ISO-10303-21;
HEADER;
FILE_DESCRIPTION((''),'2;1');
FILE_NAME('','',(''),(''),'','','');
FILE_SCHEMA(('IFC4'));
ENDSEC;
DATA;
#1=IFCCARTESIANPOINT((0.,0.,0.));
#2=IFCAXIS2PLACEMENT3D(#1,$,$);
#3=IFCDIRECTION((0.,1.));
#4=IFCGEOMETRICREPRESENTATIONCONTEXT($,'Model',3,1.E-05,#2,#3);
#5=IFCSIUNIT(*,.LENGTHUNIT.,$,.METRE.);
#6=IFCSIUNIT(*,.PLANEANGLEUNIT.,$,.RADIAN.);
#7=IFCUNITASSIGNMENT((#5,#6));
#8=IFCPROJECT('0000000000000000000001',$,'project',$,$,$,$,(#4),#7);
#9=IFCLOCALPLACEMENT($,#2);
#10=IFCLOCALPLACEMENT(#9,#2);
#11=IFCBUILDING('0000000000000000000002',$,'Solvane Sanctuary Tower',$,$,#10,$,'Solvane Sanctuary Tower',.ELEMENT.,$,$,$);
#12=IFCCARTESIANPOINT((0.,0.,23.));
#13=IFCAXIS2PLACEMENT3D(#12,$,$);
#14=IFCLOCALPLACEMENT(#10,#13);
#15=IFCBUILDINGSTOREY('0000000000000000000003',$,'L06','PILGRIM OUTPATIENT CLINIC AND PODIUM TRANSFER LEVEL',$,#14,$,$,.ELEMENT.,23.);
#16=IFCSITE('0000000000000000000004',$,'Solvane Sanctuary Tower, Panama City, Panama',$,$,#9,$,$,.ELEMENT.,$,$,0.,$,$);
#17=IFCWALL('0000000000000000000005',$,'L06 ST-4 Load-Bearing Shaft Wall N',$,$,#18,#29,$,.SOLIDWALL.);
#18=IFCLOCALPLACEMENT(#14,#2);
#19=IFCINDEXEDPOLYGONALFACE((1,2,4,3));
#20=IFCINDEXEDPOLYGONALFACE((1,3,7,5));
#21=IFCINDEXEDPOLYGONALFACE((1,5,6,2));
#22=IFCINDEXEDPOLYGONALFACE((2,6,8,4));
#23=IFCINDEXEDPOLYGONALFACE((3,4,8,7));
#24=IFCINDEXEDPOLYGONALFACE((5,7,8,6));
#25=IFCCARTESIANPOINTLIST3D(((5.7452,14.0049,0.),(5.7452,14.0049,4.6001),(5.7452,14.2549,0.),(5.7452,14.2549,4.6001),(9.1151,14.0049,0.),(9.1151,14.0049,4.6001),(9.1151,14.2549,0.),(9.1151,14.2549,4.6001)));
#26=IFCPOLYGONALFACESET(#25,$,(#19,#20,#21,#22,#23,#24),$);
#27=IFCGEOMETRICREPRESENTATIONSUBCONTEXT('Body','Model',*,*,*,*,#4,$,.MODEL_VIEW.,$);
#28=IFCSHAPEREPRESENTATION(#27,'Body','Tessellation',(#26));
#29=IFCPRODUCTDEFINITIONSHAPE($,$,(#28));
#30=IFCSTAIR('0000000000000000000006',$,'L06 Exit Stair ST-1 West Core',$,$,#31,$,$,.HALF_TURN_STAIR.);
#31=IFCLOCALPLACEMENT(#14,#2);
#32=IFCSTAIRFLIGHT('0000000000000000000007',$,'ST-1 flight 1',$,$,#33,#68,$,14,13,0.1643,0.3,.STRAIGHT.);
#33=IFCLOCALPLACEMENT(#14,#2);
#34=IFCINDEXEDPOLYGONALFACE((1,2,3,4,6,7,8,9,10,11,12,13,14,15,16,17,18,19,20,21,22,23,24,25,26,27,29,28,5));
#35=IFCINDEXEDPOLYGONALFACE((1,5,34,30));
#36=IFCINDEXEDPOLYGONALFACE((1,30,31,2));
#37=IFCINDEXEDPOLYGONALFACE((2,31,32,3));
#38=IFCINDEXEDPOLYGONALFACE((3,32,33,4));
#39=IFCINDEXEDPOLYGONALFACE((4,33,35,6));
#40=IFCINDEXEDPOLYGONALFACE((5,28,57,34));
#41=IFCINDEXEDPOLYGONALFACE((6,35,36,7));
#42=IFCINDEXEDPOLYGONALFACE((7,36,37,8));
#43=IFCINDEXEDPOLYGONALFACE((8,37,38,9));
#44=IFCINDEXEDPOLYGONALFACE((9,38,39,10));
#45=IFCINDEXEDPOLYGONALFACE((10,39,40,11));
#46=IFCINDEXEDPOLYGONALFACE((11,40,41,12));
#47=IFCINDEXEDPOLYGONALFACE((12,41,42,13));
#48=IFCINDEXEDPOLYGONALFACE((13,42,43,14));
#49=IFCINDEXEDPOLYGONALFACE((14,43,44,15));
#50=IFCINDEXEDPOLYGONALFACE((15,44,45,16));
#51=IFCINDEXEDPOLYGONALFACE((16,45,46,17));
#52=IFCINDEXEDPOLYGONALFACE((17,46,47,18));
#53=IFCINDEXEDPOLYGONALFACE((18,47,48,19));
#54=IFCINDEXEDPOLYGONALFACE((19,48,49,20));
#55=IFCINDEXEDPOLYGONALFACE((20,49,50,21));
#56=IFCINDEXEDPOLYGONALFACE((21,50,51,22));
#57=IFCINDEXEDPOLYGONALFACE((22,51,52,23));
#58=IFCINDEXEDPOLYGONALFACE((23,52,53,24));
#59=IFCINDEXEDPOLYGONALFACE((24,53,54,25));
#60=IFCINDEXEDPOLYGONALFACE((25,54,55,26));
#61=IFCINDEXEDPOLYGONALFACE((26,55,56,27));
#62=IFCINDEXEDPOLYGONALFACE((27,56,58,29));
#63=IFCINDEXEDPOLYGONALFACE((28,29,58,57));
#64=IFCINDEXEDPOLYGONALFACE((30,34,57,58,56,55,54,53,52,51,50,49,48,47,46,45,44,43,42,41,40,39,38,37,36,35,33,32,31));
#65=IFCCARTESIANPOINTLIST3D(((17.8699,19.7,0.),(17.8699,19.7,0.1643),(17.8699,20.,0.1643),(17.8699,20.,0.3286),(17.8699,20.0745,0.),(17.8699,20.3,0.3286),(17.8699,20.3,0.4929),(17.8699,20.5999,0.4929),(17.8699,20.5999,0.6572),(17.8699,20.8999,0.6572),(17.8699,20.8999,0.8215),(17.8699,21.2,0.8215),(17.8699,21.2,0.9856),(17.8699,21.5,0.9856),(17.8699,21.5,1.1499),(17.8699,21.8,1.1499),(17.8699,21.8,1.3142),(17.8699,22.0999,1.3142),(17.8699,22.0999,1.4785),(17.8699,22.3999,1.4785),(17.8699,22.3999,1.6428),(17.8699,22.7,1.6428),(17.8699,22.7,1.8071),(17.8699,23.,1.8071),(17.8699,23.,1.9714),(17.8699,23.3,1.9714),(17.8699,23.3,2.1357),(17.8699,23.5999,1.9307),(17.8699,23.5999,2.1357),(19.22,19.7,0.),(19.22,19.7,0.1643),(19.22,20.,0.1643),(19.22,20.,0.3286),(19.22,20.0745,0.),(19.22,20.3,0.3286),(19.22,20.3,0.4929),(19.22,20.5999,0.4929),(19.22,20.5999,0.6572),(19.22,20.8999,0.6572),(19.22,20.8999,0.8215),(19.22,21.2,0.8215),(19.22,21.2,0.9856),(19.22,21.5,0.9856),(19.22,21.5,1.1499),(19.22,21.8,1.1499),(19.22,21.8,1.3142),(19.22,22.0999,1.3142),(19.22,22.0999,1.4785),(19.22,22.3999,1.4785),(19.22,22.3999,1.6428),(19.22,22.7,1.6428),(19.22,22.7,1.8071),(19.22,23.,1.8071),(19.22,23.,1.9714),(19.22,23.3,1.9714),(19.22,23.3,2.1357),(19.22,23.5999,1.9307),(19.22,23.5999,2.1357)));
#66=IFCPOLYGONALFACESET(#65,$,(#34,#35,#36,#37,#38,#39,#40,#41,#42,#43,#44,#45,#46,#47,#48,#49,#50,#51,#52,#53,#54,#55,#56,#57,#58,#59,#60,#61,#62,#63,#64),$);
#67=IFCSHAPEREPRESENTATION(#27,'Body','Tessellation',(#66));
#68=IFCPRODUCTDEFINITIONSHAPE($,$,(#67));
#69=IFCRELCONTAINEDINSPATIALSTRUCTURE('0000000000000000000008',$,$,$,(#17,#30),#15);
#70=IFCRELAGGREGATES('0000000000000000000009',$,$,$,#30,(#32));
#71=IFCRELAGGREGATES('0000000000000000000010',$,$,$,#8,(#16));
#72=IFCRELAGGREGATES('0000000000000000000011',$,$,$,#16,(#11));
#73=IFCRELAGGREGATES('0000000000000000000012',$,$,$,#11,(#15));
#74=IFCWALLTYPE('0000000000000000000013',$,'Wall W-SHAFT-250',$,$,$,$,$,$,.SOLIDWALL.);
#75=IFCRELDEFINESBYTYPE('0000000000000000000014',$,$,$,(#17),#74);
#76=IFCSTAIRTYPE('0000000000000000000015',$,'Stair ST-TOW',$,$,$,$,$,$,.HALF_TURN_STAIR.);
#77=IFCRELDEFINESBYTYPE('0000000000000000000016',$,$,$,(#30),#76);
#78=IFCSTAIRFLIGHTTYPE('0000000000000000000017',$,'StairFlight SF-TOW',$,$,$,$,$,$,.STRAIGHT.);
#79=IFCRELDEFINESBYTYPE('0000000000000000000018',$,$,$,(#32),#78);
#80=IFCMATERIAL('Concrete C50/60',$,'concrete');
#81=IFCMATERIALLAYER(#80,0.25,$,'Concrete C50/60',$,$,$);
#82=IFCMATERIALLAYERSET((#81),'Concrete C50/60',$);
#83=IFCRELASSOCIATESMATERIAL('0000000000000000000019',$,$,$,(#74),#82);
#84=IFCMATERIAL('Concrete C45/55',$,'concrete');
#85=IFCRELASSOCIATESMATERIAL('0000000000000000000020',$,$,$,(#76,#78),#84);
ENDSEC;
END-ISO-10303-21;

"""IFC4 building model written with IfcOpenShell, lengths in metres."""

from ifc_helpers import new_model, si_unit, direction, frame, frame_2d, origin, place, context, subcontext, project, spatial, polyline, rectangle, outline, extrude, material, layer, layer_set, type_object, element, aggregate, save


model = new_model("IFC4")

# Units and contexts
model_context = context("Model", 3, precision=1e-05, world=origin(), true_north=direction((0.0, 1.0)))
body_context = subcontext(model_context, "Body", "Model", "MODEL_VIEW")
ifc_project = project(units=[si_unit("LENGTHUNIT", "METRE"), si_unit("PLANEANGLEUNIT", "RADIAN")], contexts=[model_context])

# Site, building, storey
site_placement = place(None, origin())
site = spatial("IfcSite", under=ifc_project, at=site_placement, Name="Solvane Sanctuary Tower, Panama City, Panama", CompositionType="ELEMENT", RefElevation=0.0)
building_placement = place(site_placement, origin())
building = spatial("IfcBuilding", under=site, at=building_placement, Name="Solvane Sanctuary Tower", LongName="Solvane Sanctuary Tower", CompositionType="ELEMENT")
storey_placement = place(building_placement, frame((0.0, 0.0, 23.0)))
storey = spatial("IfcBuildingStorey", under=building, at=storey_placement, Name="L06", Description="PILGRIM OUTPATIENT CLINIC AND PODIUM TRANSFER LEVEL", CompositionType="ELEMENT", Elevation=23.0)

# Shared definitions
ifc_material_1 = material(Name="Concrete C50/60", Category="concrete")

# Shared definitions
ifc_layer_1 = layer(ifc_material_1, 0.25, Name="Concrete C50/60")
ifc_layer_set_1 = layer_set([ifc_layer_1], Name="Concrete C50/60")
wall_type_1 = type_object("IfcWallType", Name="Wall W-SHAFT-250", PredefinedType="SOLIDWALL", material=ifc_layer_set_1)

# Wall
wall_1_placement = place(storey_placement, frame((5.7451, 14.1299, 0.0), z_axis=(0.0, 0.0, 1.0), x_axis=(1.0, 0.0, 0.0)))
element("IfcWall", 1, at=wall_1_placement, inside=storey, type_object=wall_type_1, Name="L06 ST-4 Load-Bearing Shaft Wall N", PredefinedType="SOLIDWALL", context=body_context, shape_type="SweptSolid", body=[
    extrude(rectangle(XDim=3.3699, YDim=0.25, at=frame_2d((1.6851, 0.0))), origin(), (0.0, 0.0, 1.0), 4.6001),
])

# Stair, stair flight
ifc_material_2 = material(Name="Concrete C45/55", Category="concrete")
stair_type = type_object("IfcStairType", Name="Stair ST-TOW", PredefinedType="HALF_TURN_STAIR", material=ifc_material_2)
stair_placement = place(storey_placement, origin())
stair = element("IfcStair", 2, at=stair_placement, inside=storey, type_object=stair_type, Name="L06 Exit Stair ST-1 West Core", PredefinedType="HALF_TURN_STAIR")
stair_flight_type = type_object("IfcStairFlightType", Name="StairFlight SF-TOW", PredefinedType="STRAIGHT", material=ifc_material_2)
stair_flight_placement = place(storey_placement, frame((18.5449, 19.7, 0.0), z_axis=(0.0, 0.0, 1.0), x_axis=(0.0, 1.0, 0.0)))
stair_flight = element("IfcStairFlight", 3, at=stair_flight_placement, type_object=stair_flight_type, Name="ST-1 flight 1", NumberOfRisers=14, NumberOfTreads=13, PredefinedType="STRAIGHT", RiserHeight=0.1643, TreadLength=0.3, context=body_context, shape_type="SweptSolid", body=[
    extrude(outline(polyline([(0.0, 0.0), (0.0, 0.1643), (0.3, 0.1643), (0.3, 0.3286), (0.6001, 0.3286), (0.6001, 0.4929), (0.8999, 0.4929), (0.8999, 0.6572), (1.2, 0.6572), (1.2, 0.8215), (1.5, 0.8215), (1.5, 0.9856), (1.8, 0.9856), (1.8, 1.1499), (2.1001, 1.1499), (2.1001, 1.3142), (2.3999, 1.3142), (2.3999, 1.4785), (2.7, 1.4785), (2.7, 1.6428), (3.0, 1.6428), (3.0, 1.8071), (3.3, 1.8071), (3.3, 1.9714), (3.6001, 1.9714), (3.6001, 2.1357), (3.8999, 2.1357), (3.8999, 2.3), (3.8999, 1.9307), (0.3745, 0.0), (0.0, 0.0)])), frame((0.0, 0.675, 0.0), z_axis=(0.0, -1.0, 0.0), x_axis=(1.0, 0.0, 0.0)), (0.0, 0.0, 1.0), 1.3501),
])
aggregate(stair, [stair_flight])

save(model, "model.ifc")
